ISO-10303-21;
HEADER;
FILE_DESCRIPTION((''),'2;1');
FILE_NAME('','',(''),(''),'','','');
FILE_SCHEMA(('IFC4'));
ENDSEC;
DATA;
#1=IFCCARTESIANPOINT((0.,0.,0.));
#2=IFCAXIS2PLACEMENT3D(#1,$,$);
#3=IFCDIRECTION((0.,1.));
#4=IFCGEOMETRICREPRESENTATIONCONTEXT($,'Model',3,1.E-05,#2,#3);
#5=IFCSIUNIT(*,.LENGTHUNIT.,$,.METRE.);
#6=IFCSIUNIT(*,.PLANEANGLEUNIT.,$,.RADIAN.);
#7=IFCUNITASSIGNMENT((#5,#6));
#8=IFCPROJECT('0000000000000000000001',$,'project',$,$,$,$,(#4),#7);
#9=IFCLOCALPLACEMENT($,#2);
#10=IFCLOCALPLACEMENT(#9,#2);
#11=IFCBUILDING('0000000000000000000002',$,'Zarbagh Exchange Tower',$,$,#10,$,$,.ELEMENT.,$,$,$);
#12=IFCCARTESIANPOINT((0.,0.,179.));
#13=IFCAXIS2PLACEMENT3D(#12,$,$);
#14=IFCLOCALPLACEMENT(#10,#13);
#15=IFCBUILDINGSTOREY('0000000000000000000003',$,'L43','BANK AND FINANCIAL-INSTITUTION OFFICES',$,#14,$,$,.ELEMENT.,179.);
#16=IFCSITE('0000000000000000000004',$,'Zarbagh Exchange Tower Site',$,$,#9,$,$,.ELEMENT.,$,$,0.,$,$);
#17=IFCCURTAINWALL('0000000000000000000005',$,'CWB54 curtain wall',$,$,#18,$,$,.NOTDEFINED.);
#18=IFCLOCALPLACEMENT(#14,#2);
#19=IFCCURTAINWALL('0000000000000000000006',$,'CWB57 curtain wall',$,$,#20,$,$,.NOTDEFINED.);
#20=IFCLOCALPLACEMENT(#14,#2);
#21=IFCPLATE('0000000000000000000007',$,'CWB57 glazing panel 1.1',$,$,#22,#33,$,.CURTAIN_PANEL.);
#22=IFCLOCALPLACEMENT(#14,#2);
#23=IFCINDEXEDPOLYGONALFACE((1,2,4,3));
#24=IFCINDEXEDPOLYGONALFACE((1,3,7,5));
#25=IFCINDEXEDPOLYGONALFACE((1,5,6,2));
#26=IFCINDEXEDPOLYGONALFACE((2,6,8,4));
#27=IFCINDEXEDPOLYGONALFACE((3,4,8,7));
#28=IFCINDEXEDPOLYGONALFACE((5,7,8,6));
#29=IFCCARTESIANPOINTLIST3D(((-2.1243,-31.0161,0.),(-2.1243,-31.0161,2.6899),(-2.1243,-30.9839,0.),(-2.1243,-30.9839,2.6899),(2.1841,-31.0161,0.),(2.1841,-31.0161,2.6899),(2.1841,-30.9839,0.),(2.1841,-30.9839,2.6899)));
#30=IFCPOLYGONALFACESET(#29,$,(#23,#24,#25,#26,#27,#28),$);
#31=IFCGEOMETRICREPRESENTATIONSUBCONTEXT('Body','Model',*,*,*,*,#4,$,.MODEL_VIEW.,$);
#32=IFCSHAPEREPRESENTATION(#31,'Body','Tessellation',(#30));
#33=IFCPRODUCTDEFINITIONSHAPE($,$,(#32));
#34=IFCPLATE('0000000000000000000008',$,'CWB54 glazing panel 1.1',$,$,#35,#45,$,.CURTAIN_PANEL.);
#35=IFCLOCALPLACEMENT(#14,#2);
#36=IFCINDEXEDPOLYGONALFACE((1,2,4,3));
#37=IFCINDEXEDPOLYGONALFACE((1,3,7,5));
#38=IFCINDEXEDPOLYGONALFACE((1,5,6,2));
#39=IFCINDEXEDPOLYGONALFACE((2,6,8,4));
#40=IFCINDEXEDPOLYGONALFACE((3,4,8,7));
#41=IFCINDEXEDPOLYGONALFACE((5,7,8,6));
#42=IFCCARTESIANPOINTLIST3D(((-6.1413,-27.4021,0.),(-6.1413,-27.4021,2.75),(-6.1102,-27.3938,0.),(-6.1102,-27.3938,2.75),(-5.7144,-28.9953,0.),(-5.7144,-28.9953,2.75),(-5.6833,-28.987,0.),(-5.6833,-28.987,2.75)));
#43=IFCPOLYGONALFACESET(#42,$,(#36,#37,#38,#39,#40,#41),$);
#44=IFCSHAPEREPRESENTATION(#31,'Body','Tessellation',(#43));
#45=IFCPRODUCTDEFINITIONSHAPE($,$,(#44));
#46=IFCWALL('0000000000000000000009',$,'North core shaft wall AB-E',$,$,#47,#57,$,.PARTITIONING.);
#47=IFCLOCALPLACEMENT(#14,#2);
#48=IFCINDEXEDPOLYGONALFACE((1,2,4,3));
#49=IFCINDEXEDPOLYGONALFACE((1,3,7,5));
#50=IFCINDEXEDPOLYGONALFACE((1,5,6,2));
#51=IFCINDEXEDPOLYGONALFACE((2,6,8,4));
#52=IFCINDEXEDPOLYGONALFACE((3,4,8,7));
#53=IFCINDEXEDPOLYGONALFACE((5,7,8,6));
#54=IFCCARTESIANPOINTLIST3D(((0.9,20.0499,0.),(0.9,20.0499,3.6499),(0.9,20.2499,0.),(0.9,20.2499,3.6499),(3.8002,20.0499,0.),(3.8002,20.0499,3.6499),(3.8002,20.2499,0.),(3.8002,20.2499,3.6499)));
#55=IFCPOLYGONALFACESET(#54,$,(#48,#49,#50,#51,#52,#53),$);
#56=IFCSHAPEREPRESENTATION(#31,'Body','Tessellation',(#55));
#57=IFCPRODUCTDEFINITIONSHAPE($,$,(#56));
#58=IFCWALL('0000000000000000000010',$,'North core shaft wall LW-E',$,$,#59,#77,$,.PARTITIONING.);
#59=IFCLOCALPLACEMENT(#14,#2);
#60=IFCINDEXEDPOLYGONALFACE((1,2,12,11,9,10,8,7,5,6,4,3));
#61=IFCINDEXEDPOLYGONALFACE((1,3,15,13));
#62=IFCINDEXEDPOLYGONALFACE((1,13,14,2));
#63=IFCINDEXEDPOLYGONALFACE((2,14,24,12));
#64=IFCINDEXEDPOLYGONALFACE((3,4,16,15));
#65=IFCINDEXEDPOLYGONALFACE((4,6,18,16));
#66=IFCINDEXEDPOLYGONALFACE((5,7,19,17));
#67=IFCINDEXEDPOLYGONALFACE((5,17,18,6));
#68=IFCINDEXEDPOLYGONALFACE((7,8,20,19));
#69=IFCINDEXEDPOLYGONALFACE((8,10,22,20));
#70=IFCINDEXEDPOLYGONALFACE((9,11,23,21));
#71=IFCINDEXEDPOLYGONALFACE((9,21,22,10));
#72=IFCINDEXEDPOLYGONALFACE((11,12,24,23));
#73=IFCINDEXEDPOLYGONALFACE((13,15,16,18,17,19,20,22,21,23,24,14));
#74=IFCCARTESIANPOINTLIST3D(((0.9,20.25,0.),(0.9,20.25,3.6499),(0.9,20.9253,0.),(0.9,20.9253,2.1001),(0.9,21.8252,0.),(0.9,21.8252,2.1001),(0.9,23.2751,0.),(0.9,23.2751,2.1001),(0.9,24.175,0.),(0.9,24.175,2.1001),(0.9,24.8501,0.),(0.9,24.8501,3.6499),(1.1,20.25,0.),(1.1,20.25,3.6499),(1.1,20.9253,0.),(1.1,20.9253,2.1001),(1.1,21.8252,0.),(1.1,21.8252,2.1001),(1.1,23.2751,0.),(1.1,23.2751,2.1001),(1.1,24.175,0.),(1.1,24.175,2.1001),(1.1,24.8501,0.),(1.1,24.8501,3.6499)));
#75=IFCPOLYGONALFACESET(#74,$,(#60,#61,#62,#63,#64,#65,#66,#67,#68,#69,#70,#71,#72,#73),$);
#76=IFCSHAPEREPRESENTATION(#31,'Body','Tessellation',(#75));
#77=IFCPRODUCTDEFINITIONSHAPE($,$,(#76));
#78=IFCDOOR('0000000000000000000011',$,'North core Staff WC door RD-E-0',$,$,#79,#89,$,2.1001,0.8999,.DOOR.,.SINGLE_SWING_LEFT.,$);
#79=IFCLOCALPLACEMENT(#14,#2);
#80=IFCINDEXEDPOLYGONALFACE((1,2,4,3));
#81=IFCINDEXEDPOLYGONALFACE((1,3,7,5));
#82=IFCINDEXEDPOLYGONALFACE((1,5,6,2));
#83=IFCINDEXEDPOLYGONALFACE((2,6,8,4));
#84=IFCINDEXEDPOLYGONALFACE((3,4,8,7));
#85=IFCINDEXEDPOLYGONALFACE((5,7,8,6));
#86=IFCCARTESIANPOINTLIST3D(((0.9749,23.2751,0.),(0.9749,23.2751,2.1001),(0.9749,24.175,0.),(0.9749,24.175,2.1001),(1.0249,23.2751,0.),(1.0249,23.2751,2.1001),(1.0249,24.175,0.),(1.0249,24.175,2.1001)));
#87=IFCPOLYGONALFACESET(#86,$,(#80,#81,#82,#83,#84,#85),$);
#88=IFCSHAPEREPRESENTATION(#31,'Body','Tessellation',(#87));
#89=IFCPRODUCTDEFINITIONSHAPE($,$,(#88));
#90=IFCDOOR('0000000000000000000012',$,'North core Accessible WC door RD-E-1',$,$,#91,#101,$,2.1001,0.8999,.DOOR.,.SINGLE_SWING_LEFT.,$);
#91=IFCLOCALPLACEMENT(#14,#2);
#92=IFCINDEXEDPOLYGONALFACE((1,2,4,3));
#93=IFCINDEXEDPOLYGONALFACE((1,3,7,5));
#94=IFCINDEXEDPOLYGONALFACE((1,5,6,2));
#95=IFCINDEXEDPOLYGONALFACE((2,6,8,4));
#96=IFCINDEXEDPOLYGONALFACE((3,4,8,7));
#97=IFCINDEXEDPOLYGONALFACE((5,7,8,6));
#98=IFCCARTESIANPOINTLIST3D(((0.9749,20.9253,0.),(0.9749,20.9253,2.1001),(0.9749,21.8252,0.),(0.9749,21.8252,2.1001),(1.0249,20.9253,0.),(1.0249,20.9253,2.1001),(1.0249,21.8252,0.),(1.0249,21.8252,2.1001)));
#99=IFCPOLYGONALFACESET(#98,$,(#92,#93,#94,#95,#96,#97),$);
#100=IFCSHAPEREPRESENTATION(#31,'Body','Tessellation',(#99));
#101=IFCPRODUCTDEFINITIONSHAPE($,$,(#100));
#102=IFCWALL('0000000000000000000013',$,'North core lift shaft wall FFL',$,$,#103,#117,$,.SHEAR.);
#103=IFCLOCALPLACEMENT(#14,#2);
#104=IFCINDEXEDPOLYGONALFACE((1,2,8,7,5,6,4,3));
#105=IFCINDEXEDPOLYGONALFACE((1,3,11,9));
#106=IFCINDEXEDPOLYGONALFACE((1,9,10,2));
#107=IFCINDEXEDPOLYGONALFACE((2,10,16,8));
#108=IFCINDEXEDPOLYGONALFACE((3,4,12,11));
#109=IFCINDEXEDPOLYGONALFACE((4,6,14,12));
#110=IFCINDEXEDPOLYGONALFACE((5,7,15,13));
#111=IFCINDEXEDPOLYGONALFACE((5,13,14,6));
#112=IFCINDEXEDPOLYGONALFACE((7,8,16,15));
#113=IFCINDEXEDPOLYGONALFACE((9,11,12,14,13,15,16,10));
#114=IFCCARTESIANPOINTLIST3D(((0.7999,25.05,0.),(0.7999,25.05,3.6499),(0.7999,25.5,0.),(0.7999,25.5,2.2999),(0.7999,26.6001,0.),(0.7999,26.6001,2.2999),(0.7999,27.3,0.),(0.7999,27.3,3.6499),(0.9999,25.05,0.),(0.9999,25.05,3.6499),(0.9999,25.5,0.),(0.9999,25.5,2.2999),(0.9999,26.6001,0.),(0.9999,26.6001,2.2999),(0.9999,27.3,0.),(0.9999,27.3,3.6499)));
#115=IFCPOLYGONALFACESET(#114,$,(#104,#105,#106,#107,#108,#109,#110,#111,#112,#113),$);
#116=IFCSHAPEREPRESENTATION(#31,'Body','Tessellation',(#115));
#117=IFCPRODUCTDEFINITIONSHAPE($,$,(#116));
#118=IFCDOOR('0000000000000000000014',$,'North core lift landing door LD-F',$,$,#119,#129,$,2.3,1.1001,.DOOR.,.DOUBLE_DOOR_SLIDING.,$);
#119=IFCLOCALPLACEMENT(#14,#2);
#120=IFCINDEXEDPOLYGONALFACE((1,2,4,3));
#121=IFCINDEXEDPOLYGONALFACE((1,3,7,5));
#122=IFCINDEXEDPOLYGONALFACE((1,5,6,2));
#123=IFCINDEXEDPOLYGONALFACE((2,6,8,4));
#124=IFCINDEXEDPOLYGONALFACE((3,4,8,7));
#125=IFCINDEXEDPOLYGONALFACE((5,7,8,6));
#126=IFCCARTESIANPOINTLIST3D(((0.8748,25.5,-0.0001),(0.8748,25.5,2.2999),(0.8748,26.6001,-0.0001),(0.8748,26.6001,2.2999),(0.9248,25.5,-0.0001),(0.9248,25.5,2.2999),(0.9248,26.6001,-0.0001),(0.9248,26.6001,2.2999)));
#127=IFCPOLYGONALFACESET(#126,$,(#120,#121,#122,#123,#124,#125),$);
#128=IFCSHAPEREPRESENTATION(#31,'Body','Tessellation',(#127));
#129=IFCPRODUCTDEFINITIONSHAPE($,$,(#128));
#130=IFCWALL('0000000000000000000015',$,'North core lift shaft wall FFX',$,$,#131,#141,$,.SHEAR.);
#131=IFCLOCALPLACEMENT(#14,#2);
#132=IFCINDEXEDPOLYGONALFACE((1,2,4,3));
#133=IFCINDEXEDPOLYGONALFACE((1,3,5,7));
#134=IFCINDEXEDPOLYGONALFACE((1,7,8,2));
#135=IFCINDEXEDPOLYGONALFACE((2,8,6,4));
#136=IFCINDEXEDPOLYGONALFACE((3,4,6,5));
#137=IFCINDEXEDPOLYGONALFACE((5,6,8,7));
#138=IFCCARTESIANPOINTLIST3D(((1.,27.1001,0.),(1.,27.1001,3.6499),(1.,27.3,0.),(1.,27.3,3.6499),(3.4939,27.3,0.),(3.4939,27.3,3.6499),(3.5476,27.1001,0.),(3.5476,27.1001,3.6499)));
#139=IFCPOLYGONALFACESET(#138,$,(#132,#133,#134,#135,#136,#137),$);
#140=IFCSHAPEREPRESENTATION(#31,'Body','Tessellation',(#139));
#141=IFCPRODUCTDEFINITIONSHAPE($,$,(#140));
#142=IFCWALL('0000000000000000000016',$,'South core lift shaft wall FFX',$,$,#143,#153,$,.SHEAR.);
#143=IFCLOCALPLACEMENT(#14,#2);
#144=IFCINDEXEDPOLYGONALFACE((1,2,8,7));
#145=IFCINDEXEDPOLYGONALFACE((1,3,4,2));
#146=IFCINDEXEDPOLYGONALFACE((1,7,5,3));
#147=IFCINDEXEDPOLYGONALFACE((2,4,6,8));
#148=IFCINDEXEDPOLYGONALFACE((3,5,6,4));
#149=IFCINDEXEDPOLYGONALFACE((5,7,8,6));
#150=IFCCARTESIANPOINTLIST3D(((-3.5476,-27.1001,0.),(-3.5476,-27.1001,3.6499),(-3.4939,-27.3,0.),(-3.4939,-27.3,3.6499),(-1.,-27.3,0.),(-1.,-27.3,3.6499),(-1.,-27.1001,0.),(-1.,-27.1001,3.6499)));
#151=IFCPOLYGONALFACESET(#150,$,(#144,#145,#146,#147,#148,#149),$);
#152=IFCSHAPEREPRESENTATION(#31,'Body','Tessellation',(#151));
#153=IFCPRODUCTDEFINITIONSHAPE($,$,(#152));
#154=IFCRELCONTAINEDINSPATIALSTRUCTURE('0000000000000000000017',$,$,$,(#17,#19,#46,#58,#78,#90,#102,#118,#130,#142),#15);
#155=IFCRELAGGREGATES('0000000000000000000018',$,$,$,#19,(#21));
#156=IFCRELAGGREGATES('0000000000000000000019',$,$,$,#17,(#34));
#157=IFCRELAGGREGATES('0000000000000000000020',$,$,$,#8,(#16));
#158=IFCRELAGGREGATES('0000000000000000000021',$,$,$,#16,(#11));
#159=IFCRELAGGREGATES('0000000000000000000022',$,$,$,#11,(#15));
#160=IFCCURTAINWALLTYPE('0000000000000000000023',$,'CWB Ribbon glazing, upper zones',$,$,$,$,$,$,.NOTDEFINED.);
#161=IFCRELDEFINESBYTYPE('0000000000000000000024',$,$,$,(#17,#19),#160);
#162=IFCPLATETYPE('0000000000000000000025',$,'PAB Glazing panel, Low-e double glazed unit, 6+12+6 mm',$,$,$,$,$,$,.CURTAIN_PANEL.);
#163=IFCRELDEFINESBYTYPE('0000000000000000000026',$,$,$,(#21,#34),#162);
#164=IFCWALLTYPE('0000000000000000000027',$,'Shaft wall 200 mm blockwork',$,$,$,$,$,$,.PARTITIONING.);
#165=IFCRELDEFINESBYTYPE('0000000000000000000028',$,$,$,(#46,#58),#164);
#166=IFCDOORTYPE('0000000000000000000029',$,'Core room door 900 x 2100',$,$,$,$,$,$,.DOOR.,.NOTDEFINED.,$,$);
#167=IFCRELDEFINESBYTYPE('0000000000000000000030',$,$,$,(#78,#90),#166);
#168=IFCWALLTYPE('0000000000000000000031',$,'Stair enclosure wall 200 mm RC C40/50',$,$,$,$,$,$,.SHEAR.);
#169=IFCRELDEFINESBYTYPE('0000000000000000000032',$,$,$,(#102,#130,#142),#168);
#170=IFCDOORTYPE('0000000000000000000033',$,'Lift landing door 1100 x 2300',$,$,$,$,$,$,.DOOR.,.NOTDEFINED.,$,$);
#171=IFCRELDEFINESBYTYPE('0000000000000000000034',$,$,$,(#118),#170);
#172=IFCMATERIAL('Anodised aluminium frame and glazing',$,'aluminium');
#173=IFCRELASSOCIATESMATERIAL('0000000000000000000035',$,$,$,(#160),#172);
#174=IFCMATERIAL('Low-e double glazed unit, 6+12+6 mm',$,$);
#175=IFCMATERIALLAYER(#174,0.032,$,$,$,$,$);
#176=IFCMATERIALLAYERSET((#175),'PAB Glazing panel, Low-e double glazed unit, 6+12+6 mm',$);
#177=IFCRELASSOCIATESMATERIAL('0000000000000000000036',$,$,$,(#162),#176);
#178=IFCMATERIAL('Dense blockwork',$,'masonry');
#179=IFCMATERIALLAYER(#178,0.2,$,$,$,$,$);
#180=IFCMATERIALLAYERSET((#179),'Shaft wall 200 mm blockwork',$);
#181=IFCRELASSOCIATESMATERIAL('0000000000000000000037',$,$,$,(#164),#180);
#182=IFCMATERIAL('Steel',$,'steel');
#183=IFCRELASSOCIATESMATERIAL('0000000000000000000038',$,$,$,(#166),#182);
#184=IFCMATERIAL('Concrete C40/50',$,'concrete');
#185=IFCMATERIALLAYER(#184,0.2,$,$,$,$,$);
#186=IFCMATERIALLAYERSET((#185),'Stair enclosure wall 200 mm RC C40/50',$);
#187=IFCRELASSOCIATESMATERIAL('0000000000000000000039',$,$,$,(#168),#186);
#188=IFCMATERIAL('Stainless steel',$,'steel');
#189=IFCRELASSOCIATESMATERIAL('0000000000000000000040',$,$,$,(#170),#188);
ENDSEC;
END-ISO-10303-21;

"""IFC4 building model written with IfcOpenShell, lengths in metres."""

from ifc_helpers import new_model, si_unit, direction, frame, frame_2d, origin, place, context, subcontext, project, spatial, polyline, rectangle, outline, extrude, source, transform, mapped, material, layer, layer_set, type_object, element, fill, aggregate, save


model = new_model("IFC4")

# Units and contexts
model_context = context("Model", 3, precision=1e-05, world=origin(), true_north=direction((0.0, 1.0)))
body_context = subcontext(model_context, "Body", "Model", "MODEL_VIEW")
ifc_project = project(units=[si_unit("LENGTHUNIT", "METRE"), si_unit("PLANEANGLEUNIT", "RADIAN")], contexts=[model_context])

# Site, building, storey
site_placement = place(None, origin())
site = spatial("IfcSite", under=ifc_project, at=site_placement, Name="Zarbagh Exchange Tower Site", CompositionType="ELEMENT", RefElevation=0.0)
building_placement = place(site_placement, origin())
building = spatial("IfcBuilding", under=site, at=building_placement, Name="Zarbagh Exchange Tower", CompositionType="ELEMENT")
storey_placement = place(building_placement, frame((0.0, 0.0, 179.0)))
storey = spatial("IfcBuildingStorey", under=building, at=storey_placement, Name="L43", Description="BANK AND FINANCIAL-INSTITUTION OFFICES", CompositionType="ELEMENT", Elevation=179.0)

# Shared definitions
ifc_material_1 = material(Name="Anodised aluminium frame and glazing", Category="aluminium")
curtain_wall_type = type_object("IfcCurtainWallType", Name="CWB Ribbon glazing, upper zones", PredefinedType="NOTDEFINED", material=ifc_material_1)
placement = place(storey_placement, origin())

# Curtain wall
curtain_wall_1_placement = place(storey_placement, origin())
curtain_wall_1 = element("IfcCurtainWall", 1, at=curtain_wall_1_placement, inside=storey, type_object=curtain_wall_type, Name="CWB54 curtain wall", PredefinedType="NOTDEFINED")

# Curtain wall
curtain_wall_2_placement = place(storey_placement, origin())
curtain_wall_2 = element("IfcCurtainWall", 2, at=curtain_wall_2_placement, inside=storey, type_object=curtain_wall_type, Name="CWB57 curtain wall", PredefinedType="NOTDEFINED")

# Shared definitions
ifc_material_2 = material(Name="Concrete C40/50", Category="concrete")

# Shared definitions
ifc_material_3 = material(Name="Low-e double glazed unit, 6+12+6 mm")
ifc_layer_1 = layer(ifc_material_3, 0.032)
ifc_layer_set_1 = layer_set([ifc_layer_1], Name="PAB Glazing panel, Low-e double glazed unit, 6+12+6 mm")
plate_type = type_object("IfcPlateType", Name="PAB Glazing panel, Low-e double glazed unit, 6+12+6 mm", PredefinedType="CURTAIN_PANEL", material=ifc_layer_set_1)

# Plates
shared_shape_1 = source(origin(), body_context, "Body", "SweptSolid", [
    extrude(outline(polyline([(0.0, -0.0161), (4.3083, -0.0161), (4.3083, 0.0161), (0.0, 0.0161), (0.0, -0.0161)])), origin(), (0.0, 0.0, 1.0), 2.6899),
])
plate_1 = element("IfcPlate", 3, at=placement, type_object=plate_type, Name="CWB57 glazing panel 1.1", PredefinedType="CURTAIN_PANEL", context=body_context, shape_type="MappedRepresentation", body=[
    mapped(shared_shape_1, transform((-2.1243, -31.0, 0.0), x_axis=(1.0, 0.0, 0.0), y_axis=(0.0, 1.0, 0.0), z_axis=(0.0, 0.0, 1.0))),
])
aggregate(curtain_wall_2, [plate_1])
shared_shape_2 = source(origin(), body_context, "Body", "SweptSolid", [
    extrude(outline(polyline([(0.0, -0.0161), (1.6494, -0.0161), (1.6494, 0.0161), (0.0, 0.0161), (0.0, -0.0161)])), origin(), (0.0, 0.0, 1.0), 2.75),
])
plate_2 = element("IfcPlate", 4, at=placement, type_object=plate_type, Name="CWB54 glazing panel 1.1", PredefinedType="CURTAIN_PANEL", context=body_context, shape_type="MappedRepresentation", body=[
    mapped(shared_shape_2, transform((-6.1257, -27.3979, 0.0), x_axis=(0.258825, -0.965924, 0.0), y_axis=(0.965924, 0.258825, 0.0), z_axis=(0.0, 0.0, 1.0))),
])
aggregate(curtain_wall_1, [plate_2])

# Wall
ifc_material_4 = material(Name="Dense blockwork", Category="masonry")
ifc_layer_2 = layer(ifc_material_4, 0.2)
ifc_layer_set_2 = layer_set([ifc_layer_2], Name="Shaft wall 200 mm blockwork")
wall_type_1 = type_object("IfcWallType", Name="Shaft wall 200 mm blockwork", PredefinedType="PARTITIONING", material=ifc_layer_set_2)
wall_1_placement = place(storey_placement, frame((0.8999, 20.1499, 0.0), z_axis=(0.0, 0.0, 1.0), x_axis=(1.0, 0.0, 0.0)))
element("IfcWall", 5, at=wall_1_placement, inside=storey, type_object=wall_type_1, Name="North core shaft wall AB-E", PredefinedType="PARTITIONING", context=body_context, shape_type="SweptSolid", body=[
    extrude(rectangle(XDim=2.9001, YDim=0.2, at=frame_2d((1.4502, 0.0))), origin(), (0.0, 0.0, 1.0), 3.6499),
])

# Wall, openings, doors
wall_2_placement = place(storey_placement, frame((1.0, 24.8501, 0.0), z_axis=(0.0, 0.0, 1.0), x_axis=(0.0, -1.0, 0.0)))
wall_2 = element("IfcWall", 6, at=wall_2_placement, inside=storey, type_object=wall_type_1, Name="North core shaft wall LW-E", PredefinedType="PARTITIONING", context=body_context, shape_type="SweptSolid", body=[
    extrude(rectangle(XDim=4.6001, YDim=0.2, at=frame_2d((2.3, 0.0))), origin(), (0.0, 0.0, 1.0), 3.6499),
])
opening_1_placement = place(wall_2_placement, frame((0.675, 0.0, 0.0)))
opening_1 = element("IfcOpeningElement", 7, at=opening_1_placement, cuts=wall_2, PredefinedType="OPENING", context=body_context, shape_type="SweptSolid", body=[
    extrude(rectangle(XDim=0.8999, YDim=2.1001, at=frame_2d((0.45, 1.05))), frame((0.0, 0.1099, 0.0), z_axis=(0.0, -1.0, 0.0), x_axis=(1.0, 0.0, 0.0)), (0.0, 0.0, 1.0), 0.22),
])
opening_2_placement = place(wall_2_placement, frame((3.0249, 0.0, 0.0)))
opening_2 = element("IfcOpeningElement", 8, at=opening_2_placement, cuts=wall_2, PredefinedType="OPENING", context=body_context, shape_type="SweptSolid", body=[
    extrude(rectangle(XDim=0.8999, YDim=2.1001, at=frame_2d((0.45, 1.05))), frame((0.0, 0.1099, 0.0), z_axis=(0.0, -1.0, 0.0), x_axis=(1.0, 0.0, 0.0)), (0.0, 0.0, 1.0), 0.22),
])
ifc_material_5 = material(Name="Steel", Category="steel")
door_type_1 = type_object("IfcDoorType", Name="Core room door 900 x 2100", OperationType="NOTDEFINED", PredefinedType="DOOR", material=ifc_material_5)
door_1_placement = place(opening_1_placement, origin())
door_1 = element("IfcDoor", 9, at=door_1_placement, inside=storey, type_object=door_type_1, Name="North core Staff WC door RD-E-0", OperationType="SINGLE_SWING_LEFT", OverallHeight=2.1001, OverallWidth=0.8999, PredefinedType="DOOR", context=body_context, shape_type="SweptSolid", body=[
    extrude(rectangle(XDim=0.8999, YDim=2.1001, at=frame_2d((0.45, 1.05))), frame((0.0, 0.0249, 0.0), z_axis=(0.0, -1.0, 0.0), x_axis=(1.0, 0.0, 0.0)), (0.0, 0.0, 1.0), 0.05),
])
fill(opening_1, door_1)
door_2_placement = place(opening_2_placement, origin())
door_2 = element("IfcDoor", 10, at=door_2_placement, inside=storey, type_object=door_type_1, Name="North core Accessible WC door RD-E-1", OperationType="SINGLE_SWING_LEFT", OverallHeight=2.1001, OverallWidth=0.8999, PredefinedType="DOOR", context=body_context, shape_type="SweptSolid", body=[
    extrude(rectangle(XDim=0.8999, YDim=2.1001, at=frame_2d((0.45, 1.05))), frame((0.0, 0.0249, 0.0), z_axis=(0.0, -1.0, 0.0), x_axis=(1.0, 0.0, 0.0)), (0.0, 0.0, 1.0), 0.05),
])
fill(opening_2, door_2)

# Wall, opening, door
ifc_layer_3 = layer(ifc_material_2, 0.2)
ifc_layer_set_3 = layer_set([ifc_layer_3], Name="Stair enclosure wall 200 mm RC C40/50")
wall_type_2 = type_object("IfcWallType", Name="Stair enclosure wall 200 mm RC C40/50", PredefinedType="SHEAR", material=ifc_layer_set_3)
wall_3_placement = place(storey_placement, frame((0.8999, 27.3, 0.0), z_axis=(0.0, 0.0, 1.0), x_axis=(0.0, -1.0, 0.0)))
wall_3 = element("IfcWall", 11, at=wall_3_placement, inside=storey, type_object=wall_type_2, Name="North core lift shaft wall FFL", PredefinedType="SHEAR", context=body_context, shape_type="SweptSolid", body=[
    extrude(rectangle(XDim=2.25, YDim=0.2, at=frame_2d((1.125, 0.0))), origin(), (0.0, 0.0, 1.0), 3.6499),
])
opening_3_placement = place(wall_3_placement, frame((0.7, 0.0, 0.0)))
opening_3 = element("IfcOpeningElement", 12, at=opening_3_placement, cuts=wall_3, PredefinedType="OPENING", context=body_context, shape_type="SweptSolid", body=[
    extrude(rectangle(XDim=1.1001, YDim=2.3, at=frame_2d((0.55, 1.1499))), frame((0.0, 0.1099, 0.0), z_axis=(0.0, -1.0, 0.0), x_axis=(1.0, 0.0, 0.0)), (0.0, 0.0, 1.0), 0.22),
])
ifc_material_6 = material(Name="Stainless steel", Category="steel")
door_type_2 = type_object("IfcDoorType", Name="Lift landing door 1100 x 2300", OperationType="NOTDEFINED", PredefinedType="DOOR", material=ifc_material_6)
door_3_placement = place(opening_3_placement, origin())
door_3 = element("IfcDoor", 13, at=door_3_placement, inside=storey, type_object=door_type_2, Name="North core lift landing door LD-F", OperationType="DOUBLE_DOOR_SLIDING", OverallHeight=2.3, OverallWidth=1.1001, PredefinedType="DOOR", context=body_context, shape_type="SweptSolid", body=[
    extrude(rectangle(XDim=1.1001, YDim=2.3, at=frame_2d((0.55, 1.1499))), frame((0.0, 0.0249, 0.0), z_axis=(0.0, -1.0, 0.0), x_axis=(1.0, 0.0, 0.0)), (0.0, 0.0, 1.0), 0.05),
])
fill(opening_3, door_3)

# Walls
wall_4_placement = place(storey_placement, origin())
element("IfcWall", 14, at=wall_4_placement, inside=storey, type_object=wall_type_2, Name="North core lift shaft wall FFX", PredefinedType="SHEAR", context=body_context, shape_type="SweptSolid", body=[
    extrude(outline(polyline([(1.0, 27.1001), (3.5476, 27.1001), (3.4939, 27.3), (1.0, 27.3), (1.0, 27.1001)])), origin(), (0.0, 0.0, 1.0), 3.6499),
])
wall_5_placement = place(storey_placement, origin())
element("IfcWall", 15, at=wall_5_placement, inside=storey, type_object=wall_type_2, Name="South core lift shaft wall FFX", PredefinedType="SHEAR", context=body_context, shape_type="SweptSolid", body=[
    extrude(outline(polyline([(-1.0, -27.1001), (-3.5476, -27.1001), (-3.4939, -27.3), (-1.0, -27.3), (-1.0, -27.1001)])), origin(), (0.0, 0.0, 1.0), 3.6499),
])

save(model, "model.ifc")
